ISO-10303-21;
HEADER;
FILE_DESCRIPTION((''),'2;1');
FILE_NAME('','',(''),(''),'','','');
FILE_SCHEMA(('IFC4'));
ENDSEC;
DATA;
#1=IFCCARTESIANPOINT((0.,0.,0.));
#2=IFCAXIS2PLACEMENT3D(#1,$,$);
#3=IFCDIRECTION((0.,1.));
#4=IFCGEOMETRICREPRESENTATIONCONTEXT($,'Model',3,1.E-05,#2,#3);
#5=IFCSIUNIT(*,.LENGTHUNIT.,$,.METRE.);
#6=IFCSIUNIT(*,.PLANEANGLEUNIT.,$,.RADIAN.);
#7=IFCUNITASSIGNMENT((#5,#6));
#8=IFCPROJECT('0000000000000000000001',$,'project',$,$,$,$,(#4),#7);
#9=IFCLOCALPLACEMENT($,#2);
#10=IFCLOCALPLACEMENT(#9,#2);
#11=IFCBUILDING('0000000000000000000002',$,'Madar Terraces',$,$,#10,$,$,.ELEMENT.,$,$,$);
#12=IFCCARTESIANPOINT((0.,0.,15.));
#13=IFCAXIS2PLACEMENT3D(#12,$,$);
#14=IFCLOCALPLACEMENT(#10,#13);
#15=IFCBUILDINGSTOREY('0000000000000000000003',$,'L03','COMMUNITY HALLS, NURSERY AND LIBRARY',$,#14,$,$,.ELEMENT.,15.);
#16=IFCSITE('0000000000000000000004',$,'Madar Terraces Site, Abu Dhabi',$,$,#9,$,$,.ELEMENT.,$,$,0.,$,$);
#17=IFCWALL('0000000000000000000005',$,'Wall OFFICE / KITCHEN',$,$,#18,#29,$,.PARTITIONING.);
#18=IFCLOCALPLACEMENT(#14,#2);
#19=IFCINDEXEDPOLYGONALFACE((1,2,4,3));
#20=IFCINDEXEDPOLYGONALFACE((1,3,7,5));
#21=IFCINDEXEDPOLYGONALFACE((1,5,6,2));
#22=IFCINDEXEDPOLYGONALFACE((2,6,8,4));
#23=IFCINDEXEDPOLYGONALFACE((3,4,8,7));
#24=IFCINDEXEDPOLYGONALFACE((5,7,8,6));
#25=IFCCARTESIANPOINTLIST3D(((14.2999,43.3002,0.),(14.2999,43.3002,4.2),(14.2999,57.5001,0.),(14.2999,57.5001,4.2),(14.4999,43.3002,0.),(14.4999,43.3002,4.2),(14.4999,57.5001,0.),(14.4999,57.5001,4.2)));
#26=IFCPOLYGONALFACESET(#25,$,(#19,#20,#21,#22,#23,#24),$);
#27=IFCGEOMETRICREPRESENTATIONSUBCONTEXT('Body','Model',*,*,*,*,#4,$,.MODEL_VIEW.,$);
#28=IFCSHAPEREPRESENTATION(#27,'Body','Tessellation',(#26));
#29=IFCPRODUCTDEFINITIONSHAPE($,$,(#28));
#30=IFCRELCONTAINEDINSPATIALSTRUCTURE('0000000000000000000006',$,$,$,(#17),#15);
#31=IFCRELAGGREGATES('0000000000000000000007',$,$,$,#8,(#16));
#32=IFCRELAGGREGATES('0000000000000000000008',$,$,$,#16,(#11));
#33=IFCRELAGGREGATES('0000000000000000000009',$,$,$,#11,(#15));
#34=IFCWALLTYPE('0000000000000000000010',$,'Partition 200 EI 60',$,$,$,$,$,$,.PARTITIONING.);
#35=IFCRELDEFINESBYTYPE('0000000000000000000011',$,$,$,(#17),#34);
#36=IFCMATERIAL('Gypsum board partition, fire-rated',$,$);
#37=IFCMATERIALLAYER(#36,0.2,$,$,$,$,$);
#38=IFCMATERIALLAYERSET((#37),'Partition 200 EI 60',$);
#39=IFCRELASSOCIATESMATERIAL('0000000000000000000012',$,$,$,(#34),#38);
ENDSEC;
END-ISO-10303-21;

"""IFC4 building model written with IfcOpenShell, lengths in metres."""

from ifc_helpers import new_model, si_unit, direction, frame, frame_2d, origin, place, context, subcontext, project, spatial, rectangle, extrude, material, layer, layer_set, type_object, element, save


model = new_model("IFC4")

# Units and contexts
model_context = context("Model", 3, precision=1e-05, world=origin(), true_north=direction((0.0, 1.0)))
body_context = subcontext(model_context, "Body", "Model", "MODEL_VIEW")
ifc_project = project(units=[si_unit("LENGTHUNIT", "METRE"), si_unit("PLANEANGLEUNIT", "RADIAN")], contexts=[model_context])

# Site, building, storey
site_placement = place(None, origin())
site = spatial("IfcSite", under=ifc_project, at=site_placement, Name="Madar Terraces Site, Abu Dhabi", CompositionType="ELEMENT", RefElevation=0.0)
building_placement = place(site_placement, origin())
building = spatial("IfcBuilding", under=site, at=building_placement, Name="Madar Terraces", CompositionType="ELEMENT")
storey_placement = place(building_placement, frame((0.0, 0.0, 15.0)))
storey = spatial("IfcBuildingStorey", under=building, at=storey_placement, Name="L03", Description="COMMUNITY HALLS, NURSERY AND LIBRARY", CompositionType="ELEMENT", Elevation=15.0)

# Shared definitions
ifc_material_1 = material(Name="Gypsum board partition, fire-rated")
ifc_layer_1 = layer(ifc_material_1, 0.2)
ifc_layer_set_1 = layer_set([ifc_layer_1], Name="Partition 200 EI 60")
wall_type = type_object("IfcWallType", Name="Partition 200 EI 60", PredefinedType="PARTITIONING", material=ifc_layer_set_1)

# Wall
for number, where, z_axis, x_axis, name in (
    (1, (14.3999, 43.3, 0.0), (0.0, 0.0, 1.0), (0.0, 1.0, 0.0), "Wall OFFICE / KITCHEN"),
):
    element("IfcWall", number, at=place(storey_placement, frame(where, z_axis=z_axis, x_axis=x_axis)), inside=storey, type_object=wall_type, Name=name, PredefinedType="PARTITIONING", context=body_context, shape_type="SweptSolid", body=[
        extrude(rectangle(XDim=14.2, YDim=0.2, at=frame_2d((7.1001, 0.0))), origin(), (0.0, 0.0, 1.0), 4.2),
    ])

save(model, "model.ifc")
